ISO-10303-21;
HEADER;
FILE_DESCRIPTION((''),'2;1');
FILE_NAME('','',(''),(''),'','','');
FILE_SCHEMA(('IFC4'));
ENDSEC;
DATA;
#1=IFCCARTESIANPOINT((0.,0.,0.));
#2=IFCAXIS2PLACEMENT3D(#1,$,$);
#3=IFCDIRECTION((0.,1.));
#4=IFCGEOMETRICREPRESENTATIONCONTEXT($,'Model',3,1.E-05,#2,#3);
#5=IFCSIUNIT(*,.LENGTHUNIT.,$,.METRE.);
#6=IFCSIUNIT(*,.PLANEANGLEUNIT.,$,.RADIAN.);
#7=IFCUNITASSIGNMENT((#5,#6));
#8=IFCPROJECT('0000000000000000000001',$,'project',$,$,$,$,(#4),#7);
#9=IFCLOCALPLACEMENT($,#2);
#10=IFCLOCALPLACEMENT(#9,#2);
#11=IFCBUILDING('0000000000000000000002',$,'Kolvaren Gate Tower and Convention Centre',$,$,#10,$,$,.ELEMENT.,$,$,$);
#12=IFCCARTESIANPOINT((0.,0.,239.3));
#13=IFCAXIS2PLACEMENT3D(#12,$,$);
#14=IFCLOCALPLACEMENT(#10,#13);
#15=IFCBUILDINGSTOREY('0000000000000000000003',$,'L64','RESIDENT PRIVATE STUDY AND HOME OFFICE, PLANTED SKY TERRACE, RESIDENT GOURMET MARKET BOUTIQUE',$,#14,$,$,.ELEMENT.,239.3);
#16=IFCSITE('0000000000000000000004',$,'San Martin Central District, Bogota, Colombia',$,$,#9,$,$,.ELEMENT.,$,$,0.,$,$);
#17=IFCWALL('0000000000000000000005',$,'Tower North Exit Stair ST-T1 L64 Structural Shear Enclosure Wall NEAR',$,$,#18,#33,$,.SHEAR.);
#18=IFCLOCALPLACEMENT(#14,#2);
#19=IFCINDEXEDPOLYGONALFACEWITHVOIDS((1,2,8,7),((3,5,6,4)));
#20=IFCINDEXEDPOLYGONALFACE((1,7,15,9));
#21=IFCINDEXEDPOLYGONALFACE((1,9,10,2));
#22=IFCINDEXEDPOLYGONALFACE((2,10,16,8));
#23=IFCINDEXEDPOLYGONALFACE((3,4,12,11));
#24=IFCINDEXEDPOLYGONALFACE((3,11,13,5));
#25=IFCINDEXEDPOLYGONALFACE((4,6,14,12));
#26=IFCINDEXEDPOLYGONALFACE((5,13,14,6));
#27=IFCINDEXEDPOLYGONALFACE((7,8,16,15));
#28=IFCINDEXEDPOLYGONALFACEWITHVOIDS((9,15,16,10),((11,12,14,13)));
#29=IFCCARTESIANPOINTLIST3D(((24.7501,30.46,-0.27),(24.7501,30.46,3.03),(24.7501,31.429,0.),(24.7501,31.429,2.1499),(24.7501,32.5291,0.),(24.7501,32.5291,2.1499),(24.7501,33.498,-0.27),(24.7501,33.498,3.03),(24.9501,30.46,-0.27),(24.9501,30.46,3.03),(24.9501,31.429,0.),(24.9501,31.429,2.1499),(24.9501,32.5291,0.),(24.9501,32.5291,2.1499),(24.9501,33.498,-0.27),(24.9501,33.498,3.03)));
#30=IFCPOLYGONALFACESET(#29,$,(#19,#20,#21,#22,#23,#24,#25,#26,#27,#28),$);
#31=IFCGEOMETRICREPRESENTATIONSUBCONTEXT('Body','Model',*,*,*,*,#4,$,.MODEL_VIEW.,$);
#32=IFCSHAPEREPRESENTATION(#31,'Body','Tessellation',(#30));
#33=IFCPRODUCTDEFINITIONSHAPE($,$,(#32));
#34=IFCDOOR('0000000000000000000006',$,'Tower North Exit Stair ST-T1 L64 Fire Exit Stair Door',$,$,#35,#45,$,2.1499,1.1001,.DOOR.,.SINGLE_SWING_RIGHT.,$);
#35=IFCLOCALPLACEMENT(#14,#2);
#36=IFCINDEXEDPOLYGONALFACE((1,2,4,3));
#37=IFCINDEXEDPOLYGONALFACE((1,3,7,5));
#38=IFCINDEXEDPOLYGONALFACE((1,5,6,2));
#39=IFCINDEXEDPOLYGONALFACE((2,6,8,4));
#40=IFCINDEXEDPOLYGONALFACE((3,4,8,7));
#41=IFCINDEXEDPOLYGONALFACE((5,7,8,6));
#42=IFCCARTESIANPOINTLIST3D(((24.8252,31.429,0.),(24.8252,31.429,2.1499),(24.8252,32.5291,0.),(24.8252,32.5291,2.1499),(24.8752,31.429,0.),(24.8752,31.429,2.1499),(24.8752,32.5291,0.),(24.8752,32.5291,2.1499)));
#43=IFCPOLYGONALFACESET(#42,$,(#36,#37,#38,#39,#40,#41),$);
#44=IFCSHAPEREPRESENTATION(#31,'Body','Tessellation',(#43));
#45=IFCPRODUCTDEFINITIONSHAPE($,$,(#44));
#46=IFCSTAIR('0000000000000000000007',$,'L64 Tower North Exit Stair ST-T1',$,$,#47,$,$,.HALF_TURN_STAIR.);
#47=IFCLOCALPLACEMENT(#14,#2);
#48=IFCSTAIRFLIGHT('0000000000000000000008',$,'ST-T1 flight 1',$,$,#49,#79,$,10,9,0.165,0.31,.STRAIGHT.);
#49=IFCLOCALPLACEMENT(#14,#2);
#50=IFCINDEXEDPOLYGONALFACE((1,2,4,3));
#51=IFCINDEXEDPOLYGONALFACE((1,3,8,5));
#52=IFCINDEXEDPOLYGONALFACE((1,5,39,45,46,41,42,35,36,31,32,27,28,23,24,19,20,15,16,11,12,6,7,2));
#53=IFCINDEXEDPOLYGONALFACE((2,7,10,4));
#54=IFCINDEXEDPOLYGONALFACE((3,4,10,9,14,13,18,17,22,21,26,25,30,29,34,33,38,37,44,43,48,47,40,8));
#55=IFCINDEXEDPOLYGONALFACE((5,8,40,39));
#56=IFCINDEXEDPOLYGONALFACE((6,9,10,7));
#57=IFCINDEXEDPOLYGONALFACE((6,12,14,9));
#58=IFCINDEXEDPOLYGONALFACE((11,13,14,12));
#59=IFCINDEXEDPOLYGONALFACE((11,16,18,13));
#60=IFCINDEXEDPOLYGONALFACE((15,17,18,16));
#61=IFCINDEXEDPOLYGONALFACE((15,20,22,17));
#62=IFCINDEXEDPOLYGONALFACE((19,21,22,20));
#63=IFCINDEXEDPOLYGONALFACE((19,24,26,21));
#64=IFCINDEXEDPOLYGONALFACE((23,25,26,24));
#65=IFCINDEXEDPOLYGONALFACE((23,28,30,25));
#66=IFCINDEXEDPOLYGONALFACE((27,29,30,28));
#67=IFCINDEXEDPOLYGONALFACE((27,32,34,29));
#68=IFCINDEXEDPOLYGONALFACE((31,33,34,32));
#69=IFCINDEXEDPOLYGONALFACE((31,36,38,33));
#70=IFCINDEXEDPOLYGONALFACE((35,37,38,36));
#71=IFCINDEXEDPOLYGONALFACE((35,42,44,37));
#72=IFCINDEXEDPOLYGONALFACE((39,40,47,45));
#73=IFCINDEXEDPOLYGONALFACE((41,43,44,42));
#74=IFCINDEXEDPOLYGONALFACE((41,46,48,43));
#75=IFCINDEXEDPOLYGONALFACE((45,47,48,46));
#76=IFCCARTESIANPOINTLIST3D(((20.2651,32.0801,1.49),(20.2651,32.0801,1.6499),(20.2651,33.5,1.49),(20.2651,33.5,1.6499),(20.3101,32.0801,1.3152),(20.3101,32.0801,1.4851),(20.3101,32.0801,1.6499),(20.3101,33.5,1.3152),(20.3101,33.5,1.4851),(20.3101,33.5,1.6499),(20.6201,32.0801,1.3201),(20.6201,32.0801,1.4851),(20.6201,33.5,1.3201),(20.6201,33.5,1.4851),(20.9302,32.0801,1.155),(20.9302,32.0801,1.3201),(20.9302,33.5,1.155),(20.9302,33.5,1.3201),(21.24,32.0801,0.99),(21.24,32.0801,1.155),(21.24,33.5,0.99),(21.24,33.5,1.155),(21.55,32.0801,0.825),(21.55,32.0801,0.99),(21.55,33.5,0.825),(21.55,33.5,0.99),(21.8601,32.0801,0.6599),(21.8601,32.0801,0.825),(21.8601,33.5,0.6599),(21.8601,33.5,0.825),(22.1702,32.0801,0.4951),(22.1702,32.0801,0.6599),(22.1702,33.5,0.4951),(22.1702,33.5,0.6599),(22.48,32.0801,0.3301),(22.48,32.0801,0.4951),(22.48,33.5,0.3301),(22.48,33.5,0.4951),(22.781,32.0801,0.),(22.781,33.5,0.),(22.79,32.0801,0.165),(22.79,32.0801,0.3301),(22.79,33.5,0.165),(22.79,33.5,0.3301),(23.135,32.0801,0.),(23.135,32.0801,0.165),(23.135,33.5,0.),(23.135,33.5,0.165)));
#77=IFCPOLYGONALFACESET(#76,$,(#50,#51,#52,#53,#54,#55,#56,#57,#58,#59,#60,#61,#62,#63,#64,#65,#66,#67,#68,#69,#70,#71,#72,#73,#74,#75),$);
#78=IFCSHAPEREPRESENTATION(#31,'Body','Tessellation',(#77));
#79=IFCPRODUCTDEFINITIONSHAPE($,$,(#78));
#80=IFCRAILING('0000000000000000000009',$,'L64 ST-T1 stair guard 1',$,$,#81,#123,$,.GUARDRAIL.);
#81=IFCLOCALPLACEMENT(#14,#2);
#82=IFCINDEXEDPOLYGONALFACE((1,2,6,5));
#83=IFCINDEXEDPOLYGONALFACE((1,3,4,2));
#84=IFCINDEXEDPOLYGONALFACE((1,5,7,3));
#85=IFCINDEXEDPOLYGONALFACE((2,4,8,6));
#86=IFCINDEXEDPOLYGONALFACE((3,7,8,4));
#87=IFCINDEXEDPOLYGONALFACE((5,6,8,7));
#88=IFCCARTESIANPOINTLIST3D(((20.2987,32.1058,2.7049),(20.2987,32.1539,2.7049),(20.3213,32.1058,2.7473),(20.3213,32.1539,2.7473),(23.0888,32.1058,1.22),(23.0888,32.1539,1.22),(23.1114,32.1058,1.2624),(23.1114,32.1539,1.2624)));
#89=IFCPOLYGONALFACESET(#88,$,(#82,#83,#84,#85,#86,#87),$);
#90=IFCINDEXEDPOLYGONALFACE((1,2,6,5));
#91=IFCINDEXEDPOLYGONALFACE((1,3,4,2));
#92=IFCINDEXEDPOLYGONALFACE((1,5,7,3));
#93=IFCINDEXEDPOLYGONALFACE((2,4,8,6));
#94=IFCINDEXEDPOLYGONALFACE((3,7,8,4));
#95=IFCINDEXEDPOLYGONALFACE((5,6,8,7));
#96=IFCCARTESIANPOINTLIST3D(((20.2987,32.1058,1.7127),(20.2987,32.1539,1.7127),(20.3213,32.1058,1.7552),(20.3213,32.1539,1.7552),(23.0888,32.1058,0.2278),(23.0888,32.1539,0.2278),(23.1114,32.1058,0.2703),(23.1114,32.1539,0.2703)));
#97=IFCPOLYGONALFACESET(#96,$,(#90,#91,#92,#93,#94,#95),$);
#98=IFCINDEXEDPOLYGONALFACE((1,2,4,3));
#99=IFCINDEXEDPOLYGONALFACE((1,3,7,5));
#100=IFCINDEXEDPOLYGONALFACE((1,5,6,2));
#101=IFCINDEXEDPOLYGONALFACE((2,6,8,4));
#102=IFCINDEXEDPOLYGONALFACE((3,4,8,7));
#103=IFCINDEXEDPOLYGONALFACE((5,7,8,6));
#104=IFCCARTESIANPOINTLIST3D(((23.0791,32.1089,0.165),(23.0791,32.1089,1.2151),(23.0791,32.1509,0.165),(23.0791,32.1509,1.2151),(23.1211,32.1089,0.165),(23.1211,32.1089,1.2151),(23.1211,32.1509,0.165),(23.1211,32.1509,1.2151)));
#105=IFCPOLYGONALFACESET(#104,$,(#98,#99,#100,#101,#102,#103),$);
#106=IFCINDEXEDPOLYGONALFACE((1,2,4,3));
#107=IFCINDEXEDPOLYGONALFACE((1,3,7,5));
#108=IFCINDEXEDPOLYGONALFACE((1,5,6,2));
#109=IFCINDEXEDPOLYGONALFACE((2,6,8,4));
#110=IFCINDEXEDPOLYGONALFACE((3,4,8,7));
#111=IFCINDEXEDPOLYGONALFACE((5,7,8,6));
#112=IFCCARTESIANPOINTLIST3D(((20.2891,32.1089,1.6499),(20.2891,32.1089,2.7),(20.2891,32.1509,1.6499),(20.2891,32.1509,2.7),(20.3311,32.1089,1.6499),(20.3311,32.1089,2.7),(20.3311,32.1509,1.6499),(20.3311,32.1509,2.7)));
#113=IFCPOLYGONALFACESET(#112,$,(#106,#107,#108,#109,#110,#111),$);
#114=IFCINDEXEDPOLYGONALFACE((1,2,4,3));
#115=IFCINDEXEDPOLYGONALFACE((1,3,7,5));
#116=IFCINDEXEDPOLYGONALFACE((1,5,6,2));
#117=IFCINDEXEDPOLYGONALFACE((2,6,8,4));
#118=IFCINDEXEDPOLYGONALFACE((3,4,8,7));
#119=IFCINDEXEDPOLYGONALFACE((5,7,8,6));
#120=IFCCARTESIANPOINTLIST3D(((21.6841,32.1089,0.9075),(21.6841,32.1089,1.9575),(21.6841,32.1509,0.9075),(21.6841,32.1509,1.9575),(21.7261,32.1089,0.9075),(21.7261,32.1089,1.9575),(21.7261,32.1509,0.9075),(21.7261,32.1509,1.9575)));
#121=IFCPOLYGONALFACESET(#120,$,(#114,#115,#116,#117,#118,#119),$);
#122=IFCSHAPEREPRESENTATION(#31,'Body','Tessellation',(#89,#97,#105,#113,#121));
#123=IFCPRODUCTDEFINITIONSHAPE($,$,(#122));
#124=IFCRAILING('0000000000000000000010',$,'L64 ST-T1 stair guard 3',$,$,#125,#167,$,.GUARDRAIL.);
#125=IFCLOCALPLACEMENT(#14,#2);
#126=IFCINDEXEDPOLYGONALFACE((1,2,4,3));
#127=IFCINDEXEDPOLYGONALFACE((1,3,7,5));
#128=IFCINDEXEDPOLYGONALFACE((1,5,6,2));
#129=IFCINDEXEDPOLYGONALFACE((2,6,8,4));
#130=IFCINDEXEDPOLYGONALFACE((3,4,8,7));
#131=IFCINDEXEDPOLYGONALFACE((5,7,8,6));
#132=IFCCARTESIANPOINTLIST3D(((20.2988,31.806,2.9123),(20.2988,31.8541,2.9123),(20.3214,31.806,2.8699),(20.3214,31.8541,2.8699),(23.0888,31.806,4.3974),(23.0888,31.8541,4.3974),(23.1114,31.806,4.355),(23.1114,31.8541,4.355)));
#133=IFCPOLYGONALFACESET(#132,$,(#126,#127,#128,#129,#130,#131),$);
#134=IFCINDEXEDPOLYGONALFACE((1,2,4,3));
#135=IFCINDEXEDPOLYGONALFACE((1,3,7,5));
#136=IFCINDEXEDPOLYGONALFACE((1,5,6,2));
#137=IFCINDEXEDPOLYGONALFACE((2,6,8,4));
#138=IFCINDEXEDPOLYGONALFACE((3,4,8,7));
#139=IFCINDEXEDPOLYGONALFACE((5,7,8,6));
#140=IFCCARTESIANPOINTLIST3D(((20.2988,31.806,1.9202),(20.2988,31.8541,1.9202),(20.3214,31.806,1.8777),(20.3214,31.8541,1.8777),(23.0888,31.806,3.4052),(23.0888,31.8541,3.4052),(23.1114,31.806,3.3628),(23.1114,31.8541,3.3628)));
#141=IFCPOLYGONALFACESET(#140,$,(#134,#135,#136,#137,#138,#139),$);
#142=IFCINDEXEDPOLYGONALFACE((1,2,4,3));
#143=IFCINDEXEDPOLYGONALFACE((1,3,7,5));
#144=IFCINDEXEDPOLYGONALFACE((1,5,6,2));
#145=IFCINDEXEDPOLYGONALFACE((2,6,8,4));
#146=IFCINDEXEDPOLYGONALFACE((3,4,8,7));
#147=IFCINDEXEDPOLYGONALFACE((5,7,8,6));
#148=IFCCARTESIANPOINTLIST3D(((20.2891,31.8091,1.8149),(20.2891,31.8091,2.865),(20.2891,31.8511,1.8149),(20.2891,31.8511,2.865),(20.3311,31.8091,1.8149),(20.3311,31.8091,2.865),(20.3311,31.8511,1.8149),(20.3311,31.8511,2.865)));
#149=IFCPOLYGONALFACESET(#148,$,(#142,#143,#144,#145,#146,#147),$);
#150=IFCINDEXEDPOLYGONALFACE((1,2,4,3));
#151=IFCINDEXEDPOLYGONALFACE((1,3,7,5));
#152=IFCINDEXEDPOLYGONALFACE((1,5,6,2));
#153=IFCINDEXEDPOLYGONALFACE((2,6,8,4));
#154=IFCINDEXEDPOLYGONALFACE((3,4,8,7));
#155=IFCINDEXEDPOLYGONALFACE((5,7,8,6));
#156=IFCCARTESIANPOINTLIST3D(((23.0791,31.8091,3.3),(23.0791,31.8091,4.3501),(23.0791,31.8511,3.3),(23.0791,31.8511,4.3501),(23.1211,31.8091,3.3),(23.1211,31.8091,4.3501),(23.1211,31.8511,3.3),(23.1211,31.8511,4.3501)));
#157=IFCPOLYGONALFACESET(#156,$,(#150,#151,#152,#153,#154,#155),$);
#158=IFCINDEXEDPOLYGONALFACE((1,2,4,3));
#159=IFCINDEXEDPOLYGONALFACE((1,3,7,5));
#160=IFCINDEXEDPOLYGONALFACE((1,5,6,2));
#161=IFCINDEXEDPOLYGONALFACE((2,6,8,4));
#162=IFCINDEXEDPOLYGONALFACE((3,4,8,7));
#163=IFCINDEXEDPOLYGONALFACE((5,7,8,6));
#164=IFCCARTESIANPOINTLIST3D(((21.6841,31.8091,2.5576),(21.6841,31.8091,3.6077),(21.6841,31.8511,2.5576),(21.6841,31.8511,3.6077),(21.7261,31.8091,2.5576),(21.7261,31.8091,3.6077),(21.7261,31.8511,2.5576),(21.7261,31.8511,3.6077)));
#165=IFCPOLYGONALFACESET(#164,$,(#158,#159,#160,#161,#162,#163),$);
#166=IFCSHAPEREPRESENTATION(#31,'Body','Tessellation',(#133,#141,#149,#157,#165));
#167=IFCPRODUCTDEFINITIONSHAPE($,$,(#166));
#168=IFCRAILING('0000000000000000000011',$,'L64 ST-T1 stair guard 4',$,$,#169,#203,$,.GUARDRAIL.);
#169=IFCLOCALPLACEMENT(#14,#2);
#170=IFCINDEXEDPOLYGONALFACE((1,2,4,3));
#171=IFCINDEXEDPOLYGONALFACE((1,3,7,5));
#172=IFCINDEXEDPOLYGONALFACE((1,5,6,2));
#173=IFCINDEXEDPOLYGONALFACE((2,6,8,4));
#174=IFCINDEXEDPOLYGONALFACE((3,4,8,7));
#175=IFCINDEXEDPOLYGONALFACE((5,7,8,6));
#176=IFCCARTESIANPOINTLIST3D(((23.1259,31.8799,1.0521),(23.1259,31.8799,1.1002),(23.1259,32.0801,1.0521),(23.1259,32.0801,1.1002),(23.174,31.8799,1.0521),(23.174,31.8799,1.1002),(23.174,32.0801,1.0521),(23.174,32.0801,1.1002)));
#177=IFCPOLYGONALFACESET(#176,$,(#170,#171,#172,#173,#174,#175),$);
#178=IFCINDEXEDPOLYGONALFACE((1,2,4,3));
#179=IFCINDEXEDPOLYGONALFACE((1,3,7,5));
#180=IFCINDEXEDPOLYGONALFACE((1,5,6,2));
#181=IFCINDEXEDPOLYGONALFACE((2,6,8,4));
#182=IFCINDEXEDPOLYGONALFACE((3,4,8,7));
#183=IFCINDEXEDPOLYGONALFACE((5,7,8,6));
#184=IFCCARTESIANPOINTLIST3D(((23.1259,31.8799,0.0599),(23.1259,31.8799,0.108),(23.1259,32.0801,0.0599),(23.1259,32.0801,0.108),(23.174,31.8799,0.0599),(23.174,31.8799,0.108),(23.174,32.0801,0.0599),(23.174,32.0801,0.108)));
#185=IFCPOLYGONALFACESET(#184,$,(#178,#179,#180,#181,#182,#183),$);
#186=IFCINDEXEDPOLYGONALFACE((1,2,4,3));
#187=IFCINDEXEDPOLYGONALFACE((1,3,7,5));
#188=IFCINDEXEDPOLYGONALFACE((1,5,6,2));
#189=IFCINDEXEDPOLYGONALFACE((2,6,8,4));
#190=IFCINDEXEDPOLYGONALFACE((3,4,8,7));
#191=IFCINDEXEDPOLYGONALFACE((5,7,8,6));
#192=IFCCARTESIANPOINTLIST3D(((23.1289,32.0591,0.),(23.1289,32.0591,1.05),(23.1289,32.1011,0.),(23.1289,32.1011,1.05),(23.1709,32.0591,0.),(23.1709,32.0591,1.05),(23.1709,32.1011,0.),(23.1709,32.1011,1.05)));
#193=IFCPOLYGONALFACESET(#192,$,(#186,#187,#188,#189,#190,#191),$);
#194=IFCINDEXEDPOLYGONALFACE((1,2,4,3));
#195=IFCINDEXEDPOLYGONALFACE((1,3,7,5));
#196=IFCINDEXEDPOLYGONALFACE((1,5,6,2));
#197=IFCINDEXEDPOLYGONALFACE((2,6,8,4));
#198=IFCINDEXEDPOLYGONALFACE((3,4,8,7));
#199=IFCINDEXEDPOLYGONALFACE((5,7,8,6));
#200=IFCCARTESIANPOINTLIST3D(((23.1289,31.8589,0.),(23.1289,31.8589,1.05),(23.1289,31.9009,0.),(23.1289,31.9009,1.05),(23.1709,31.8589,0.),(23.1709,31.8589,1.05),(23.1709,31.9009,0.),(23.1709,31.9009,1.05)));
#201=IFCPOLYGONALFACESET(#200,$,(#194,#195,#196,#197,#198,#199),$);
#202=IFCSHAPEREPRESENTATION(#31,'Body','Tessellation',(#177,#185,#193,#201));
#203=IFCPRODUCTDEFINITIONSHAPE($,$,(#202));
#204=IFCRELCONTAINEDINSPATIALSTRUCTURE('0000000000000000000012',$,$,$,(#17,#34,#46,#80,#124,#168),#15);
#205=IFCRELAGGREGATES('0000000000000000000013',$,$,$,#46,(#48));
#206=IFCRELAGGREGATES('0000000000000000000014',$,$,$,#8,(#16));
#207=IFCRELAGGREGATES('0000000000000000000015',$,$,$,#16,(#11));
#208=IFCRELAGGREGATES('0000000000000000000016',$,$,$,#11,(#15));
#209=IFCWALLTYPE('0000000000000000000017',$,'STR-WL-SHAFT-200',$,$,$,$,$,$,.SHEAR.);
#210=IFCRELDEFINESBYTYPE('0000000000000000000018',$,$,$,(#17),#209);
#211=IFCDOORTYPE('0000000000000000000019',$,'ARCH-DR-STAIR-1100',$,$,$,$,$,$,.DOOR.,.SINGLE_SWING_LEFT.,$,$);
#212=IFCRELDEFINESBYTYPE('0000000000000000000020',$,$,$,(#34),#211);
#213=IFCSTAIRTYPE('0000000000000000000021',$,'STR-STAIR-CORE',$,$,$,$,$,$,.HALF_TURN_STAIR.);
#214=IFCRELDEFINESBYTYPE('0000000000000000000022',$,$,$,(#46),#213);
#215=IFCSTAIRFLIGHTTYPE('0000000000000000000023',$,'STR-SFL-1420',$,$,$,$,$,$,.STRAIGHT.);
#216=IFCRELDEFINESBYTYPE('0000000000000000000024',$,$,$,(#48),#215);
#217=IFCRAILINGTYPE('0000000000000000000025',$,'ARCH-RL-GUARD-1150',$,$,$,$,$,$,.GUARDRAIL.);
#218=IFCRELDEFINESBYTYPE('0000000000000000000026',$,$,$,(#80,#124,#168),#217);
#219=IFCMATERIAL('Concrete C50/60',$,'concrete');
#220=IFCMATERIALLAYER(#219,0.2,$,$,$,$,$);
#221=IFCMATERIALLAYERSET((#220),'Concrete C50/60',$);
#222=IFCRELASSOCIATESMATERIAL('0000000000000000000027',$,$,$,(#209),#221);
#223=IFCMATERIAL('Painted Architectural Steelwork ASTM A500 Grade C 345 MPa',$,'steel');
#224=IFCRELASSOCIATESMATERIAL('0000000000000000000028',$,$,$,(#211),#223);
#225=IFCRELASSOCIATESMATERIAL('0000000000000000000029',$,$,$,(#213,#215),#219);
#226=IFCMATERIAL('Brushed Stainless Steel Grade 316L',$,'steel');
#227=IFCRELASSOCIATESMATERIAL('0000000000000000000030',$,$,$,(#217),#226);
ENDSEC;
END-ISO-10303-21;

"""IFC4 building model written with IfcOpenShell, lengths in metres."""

from ifc_helpers import new_model, si_unit, direction, frame, frame_2d, origin, origin_2d, place, context, subcontext, project, spatial, polyline, rectangle, outline, extrude, material, layer, layer_set, type_object, element, fill, aggregate, save


model = new_model("IFC4")

# Units and contexts
model_context = context("Model", 3, precision=1e-05, world=origin(), true_north=direction((0.0, 1.0)))
body_context = subcontext(model_context, "Body", "Model", "MODEL_VIEW")
ifc_project = project(units=[si_unit("LENGTHUNIT", "METRE"), si_unit("PLANEANGLEUNIT", "RADIAN")], contexts=[model_context])

# Site, building, storey
site_placement = place(None, origin())
site = spatial("IfcSite", under=ifc_project, at=site_placement, Name="San Martin Central District, Bogota, Colombia", CompositionType="ELEMENT", RefElevation=0.0)
building_placement = place(site_placement, origin())
building = spatial("IfcBuilding", under=site, at=building_placement, Name="Kolvaren Gate Tower and Convention Centre", CompositionType="ELEMENT")
storey_placement = place(building_placement, frame((0.0, 0.0, 239.3)))
storey = spatial("IfcBuildingStorey", under=building, at=storey_placement, Name="L64", Description="RESIDENT PRIVATE STUDY AND HOME OFFICE, PLANTED SKY TERRACE, RESIDENT GOURMET MARKET BOUTIQUE", CompositionType="ELEMENT", Elevation=239.3)

# Shared definitions
ifc_material_1 = material(Name="Brushed Stainless Steel Grade 316L", Category="steel")

# Shared definitions
ifc_material_2 = material(Name="Painted Architectural Steelwork ASTM A500 Grade C 345 MPa", Category="steel")

# Shared definitions
ifc_material_3 = material(Name="Concrete C50/60", Category="concrete")

# Wall, opening, door
ifc_layer_1 = layer(ifc_material_3, 0.2)
ifc_layer_set_1 = layer_set([ifc_layer_1], Name="Concrete C50/60")
wall_type_1 = type_object("IfcWallType", Name="STR-WL-SHAFT-200", PredefinedType="SHEAR", material=ifc_layer_set_1)
wall_1_placement = place(storey_placement, frame((24.8501, 30.46, -0.27), z_axis=(0.0, 0.0, 1.0), x_axis=(0.0, 1.0, 0.0)))
wall_1 = element("IfcWall", 1, at=wall_1_placement, inside=storey, type_object=wall_type_1, Name="Tower North Exit Stair ST-T1 L64 Structural Shear Enclosure Wall NEAR", PredefinedType="SHEAR", context=body_context, shape_type="SweptSolid", body=[
    extrude(rectangle(XDim=3.0381, YDim=0.2, at=frame_2d((1.519, 0.0))), origin(), (0.0, 0.0, 1.0), 3.3),
])
opening_1_placement = place(wall_1_placement, frame((0.969, 0.0, 0.27)))
opening_1 = element("IfcOpeningElement", 2, at=opening_1_placement, cuts=wall_1, PredefinedType="OPENING", context=body_context, shape_type="SweptSolid", body=[
    extrude(rectangle(XDim=1.1001, YDim=2.1499, at=frame_2d((0.55, 1.075))), frame((0.0, 0.1099, 0.0), z_axis=(0.0, -1.0, 0.0), x_axis=(1.0, 0.0, 0.0)), (0.0, 0.0, 1.0), 0.22),
])
door_type_1 = type_object("IfcDoorType", Name="ARCH-DR-STAIR-1100", OperationType="SINGLE_SWING_LEFT", PredefinedType="DOOR", material=ifc_material_2)
door_1_placement = place(opening_1_placement, origin())
door_1 = element("IfcDoor", 3, at=door_1_placement, inside=storey, type_object=door_type_1, Name="Tower North Exit Stair ST-T1 L64 Fire Exit Stair Door", OperationType="SINGLE_SWING_RIGHT", OverallHeight=2.1499, OverallWidth=1.1001, PredefinedType="DOOR", context=body_context, shape_type="SweptSolid", body=[
    extrude(rectangle(XDim=1.1001, YDim=2.1499, at=frame_2d((0.55, 1.075))), frame((0.0, 0.0249, 0.0), z_axis=(0.0, -1.0, 0.0), x_axis=(1.0, 0.0, 0.0)), (0.0, 0.0, 1.0), 0.05),
])
fill(opening_1, door_1)

# Stair, stair flight
stair_type = type_object("IfcStairType", Name="STR-STAIR-CORE", PredefinedType="HALF_TURN_STAIR", material=ifc_material_3)
stair_placement = place(storey_placement, origin())
stair = element("IfcStair", 4, at=stair_placement, inside=storey, type_object=stair_type, Name="L64 Tower North Exit Stair ST-T1", PredefinedType="HALF_TURN_STAIR")
stair_flight_type = type_object("IfcStairFlightType", Name="STR-SFL-1420", PredefinedType="STRAIGHT", material=ifc_material_3)
stair_flight_placement = place(storey_placement, frame((23.1001, 32.79, 0.0), z_axis=(0.0, 0.0, 1.0), x_axis=(-1.0, 0.0, 0.0)))
stair_flight = element("IfcStairFlight", 5, at=stair_flight_placement, type_object=stair_flight_type, Name="ST-T1 flight 1", NumberOfRisers=10, NumberOfTreads=9, PredefinedType="STRAIGHT", RiserHeight=0.165, TreadLength=0.31, context=body_context, shape_type="SweptSolid", body=[
    extrude(outline(polyline([(-0.0349, 0.0), (-0.0349, 0.165), (0.3101, 0.165), (0.3101, 0.3301), (0.6201, 0.3301), (0.6201, 0.4951), (0.9299, 0.4951), (0.9299, 0.6599), (1.24, 0.6599), (1.24, 0.825), (1.55, 0.825), (1.55, 0.99), (1.8601, 0.99), (1.8601, 1.155), (2.1699, 1.155), (2.1699, 1.3201), (2.48, 1.3201), (2.48, 1.4851), (2.79, 1.4851), (2.79, 1.6499), (2.835, 1.6499), (2.835, 1.49), (2.79, 1.3152), (0.3191, 0.0), (-0.0349, 0.0)])), frame((0.0, 0.71, 0.0), z_axis=(0.0, -1.0, 0.0), x_axis=(1.0, 0.0, 0.0)), (0.0, 0.0, 1.0), 1.4199),
])
aggregate(stair, [stair_flight])

# Railings
railing_type_1 = type_object("IfcRailingType", Name="ARCH-RL-GUARD-1150", PredefinedType="GUARDRAIL", material=ifc_material_1)
railing_1_placement = place(storey_placement, frame((23.1001, 32.1299, 0.165)))
element("IfcRailing", 6, at=railing_1_placement, inside=storey, type_object=railing_type_1, Name="L64 ST-T1 stair guard 1", PredefinedType="GUARDRAIL", context=body_context, shape_type="SweptSolid", body=[
    extrude(rectangle(XDim=0.0481, YDim=0.0481, at=origin_2d()), frame((0.0, 0.0, 1.0762), z_axis=(-0.882767, 0.0, 0.46981), x_axis=(0.0, -1.0, 0.0)), (0.0, 0.0, 1.0), 3.1606),
    extrude(rectangle(XDim=0.0481, YDim=0.0481, at=origin_2d()), frame((0.0, 0.0, 0.084), z_axis=(-0.882767, 0.0, 0.46981), x_axis=(0.0, -1.0, 0.0)), (0.0, 0.0, 1.0), 3.1606),
    extrude(rectangle(XDim=0.042, YDim=0.042, at=origin_2d()), origin(), (0.0, 0.0, 1.0), 1.05),
    extrude(rectangle(XDim=0.042, YDim=0.042, at=origin_2d()), frame((-2.79, 0.0, 1.4849)), (0.0, 0.0, 1.0), 1.05),
    extrude(rectangle(XDim=0.042, YDim=0.042, at=origin_2d()), frame((-1.395, 0.0, 0.7424)), (0.0, 0.0, 1.0), 1.05),
])
railing_2_placement = place(storey_placement, frame((20.3101, 31.8301, 1.8149)))
element("IfcRailing", 7, at=railing_2_placement, inside=storey, type_object=railing_type_1, Name="L64 ST-T1 stair guard 3", PredefinedType="GUARDRAIL", context=body_context, shape_type="SweptSolid", body=[
    extrude(rectangle(XDim=0.0481, YDim=0.0481, at=origin_2d()), frame((0.0, 0.0, 1.0762), z_axis=(0.882735, 0.0, 0.46987), x_axis=(0.0, 1.0, 0.0)), (0.0, 0.0, 1.0), 3.1606),
    extrude(rectangle(XDim=0.0481, YDim=0.0481, at=origin_2d()), frame((0.0, 0.0, 0.084), z_axis=(0.882735, 0.0, 0.46987), x_axis=(0.0, 1.0, 0.0)), (0.0, 0.0, 1.0), 3.1606),
    extrude(rectangle(XDim=0.042, YDim=0.042, at=origin_2d()), origin(), (0.0, 0.0, 1.0), 1.05),
    extrude(rectangle(XDim=0.042, YDim=0.042, at=origin_2d()), frame((2.79, 0.0, 1.4851)), (0.0, 0.0, 1.0), 1.05),
    extrude(rectangle(XDim=0.042, YDim=0.042, at=origin_2d()), frame((1.395, 0.0, 0.7427)), (0.0, 0.0, 1.0), 1.05),
])
railing_3_placement = place(storey_placement, frame((23.1499, 32.0801, 0.0)))
element("IfcRailing", 8, at=railing_3_placement, inside=storey, type_object=railing_type_1, Name="L64 ST-T1 stair guard 4", PredefinedType="GUARDRAIL", context=body_context, shape_type="SweptSolid", body=[
    extrude(rectangle(XDim=0.0481, YDim=0.0481, at=origin_2d()), frame((0.0, 0.0, 1.0762), z_axis=(0.0, -1.0, 0.0), x_axis=(1.0, 0.0, 0.0)), (0.0, 0.0, 1.0), 0.2002),
    extrude(rectangle(XDim=0.0481, YDim=0.0481, at=origin_2d()), frame((0.0, 0.0, 0.084), z_axis=(0.0, -1.0, 0.0), x_axis=(1.0, 0.0, 0.0)), (0.0, 0.0, 1.0), 0.2002),
    extrude(rectangle(XDim=0.042, YDim=0.042, at=origin_2d()), origin(), (0.0, 0.0, 1.0), 1.05),
    extrude(rectangle(XDim=0.042, YDim=0.042, at=origin_2d()), frame((0.0, -0.2002, 0.0)), (0.0, 0.0, 1.0), 1.05),
])

save(model, "model.ifc")
